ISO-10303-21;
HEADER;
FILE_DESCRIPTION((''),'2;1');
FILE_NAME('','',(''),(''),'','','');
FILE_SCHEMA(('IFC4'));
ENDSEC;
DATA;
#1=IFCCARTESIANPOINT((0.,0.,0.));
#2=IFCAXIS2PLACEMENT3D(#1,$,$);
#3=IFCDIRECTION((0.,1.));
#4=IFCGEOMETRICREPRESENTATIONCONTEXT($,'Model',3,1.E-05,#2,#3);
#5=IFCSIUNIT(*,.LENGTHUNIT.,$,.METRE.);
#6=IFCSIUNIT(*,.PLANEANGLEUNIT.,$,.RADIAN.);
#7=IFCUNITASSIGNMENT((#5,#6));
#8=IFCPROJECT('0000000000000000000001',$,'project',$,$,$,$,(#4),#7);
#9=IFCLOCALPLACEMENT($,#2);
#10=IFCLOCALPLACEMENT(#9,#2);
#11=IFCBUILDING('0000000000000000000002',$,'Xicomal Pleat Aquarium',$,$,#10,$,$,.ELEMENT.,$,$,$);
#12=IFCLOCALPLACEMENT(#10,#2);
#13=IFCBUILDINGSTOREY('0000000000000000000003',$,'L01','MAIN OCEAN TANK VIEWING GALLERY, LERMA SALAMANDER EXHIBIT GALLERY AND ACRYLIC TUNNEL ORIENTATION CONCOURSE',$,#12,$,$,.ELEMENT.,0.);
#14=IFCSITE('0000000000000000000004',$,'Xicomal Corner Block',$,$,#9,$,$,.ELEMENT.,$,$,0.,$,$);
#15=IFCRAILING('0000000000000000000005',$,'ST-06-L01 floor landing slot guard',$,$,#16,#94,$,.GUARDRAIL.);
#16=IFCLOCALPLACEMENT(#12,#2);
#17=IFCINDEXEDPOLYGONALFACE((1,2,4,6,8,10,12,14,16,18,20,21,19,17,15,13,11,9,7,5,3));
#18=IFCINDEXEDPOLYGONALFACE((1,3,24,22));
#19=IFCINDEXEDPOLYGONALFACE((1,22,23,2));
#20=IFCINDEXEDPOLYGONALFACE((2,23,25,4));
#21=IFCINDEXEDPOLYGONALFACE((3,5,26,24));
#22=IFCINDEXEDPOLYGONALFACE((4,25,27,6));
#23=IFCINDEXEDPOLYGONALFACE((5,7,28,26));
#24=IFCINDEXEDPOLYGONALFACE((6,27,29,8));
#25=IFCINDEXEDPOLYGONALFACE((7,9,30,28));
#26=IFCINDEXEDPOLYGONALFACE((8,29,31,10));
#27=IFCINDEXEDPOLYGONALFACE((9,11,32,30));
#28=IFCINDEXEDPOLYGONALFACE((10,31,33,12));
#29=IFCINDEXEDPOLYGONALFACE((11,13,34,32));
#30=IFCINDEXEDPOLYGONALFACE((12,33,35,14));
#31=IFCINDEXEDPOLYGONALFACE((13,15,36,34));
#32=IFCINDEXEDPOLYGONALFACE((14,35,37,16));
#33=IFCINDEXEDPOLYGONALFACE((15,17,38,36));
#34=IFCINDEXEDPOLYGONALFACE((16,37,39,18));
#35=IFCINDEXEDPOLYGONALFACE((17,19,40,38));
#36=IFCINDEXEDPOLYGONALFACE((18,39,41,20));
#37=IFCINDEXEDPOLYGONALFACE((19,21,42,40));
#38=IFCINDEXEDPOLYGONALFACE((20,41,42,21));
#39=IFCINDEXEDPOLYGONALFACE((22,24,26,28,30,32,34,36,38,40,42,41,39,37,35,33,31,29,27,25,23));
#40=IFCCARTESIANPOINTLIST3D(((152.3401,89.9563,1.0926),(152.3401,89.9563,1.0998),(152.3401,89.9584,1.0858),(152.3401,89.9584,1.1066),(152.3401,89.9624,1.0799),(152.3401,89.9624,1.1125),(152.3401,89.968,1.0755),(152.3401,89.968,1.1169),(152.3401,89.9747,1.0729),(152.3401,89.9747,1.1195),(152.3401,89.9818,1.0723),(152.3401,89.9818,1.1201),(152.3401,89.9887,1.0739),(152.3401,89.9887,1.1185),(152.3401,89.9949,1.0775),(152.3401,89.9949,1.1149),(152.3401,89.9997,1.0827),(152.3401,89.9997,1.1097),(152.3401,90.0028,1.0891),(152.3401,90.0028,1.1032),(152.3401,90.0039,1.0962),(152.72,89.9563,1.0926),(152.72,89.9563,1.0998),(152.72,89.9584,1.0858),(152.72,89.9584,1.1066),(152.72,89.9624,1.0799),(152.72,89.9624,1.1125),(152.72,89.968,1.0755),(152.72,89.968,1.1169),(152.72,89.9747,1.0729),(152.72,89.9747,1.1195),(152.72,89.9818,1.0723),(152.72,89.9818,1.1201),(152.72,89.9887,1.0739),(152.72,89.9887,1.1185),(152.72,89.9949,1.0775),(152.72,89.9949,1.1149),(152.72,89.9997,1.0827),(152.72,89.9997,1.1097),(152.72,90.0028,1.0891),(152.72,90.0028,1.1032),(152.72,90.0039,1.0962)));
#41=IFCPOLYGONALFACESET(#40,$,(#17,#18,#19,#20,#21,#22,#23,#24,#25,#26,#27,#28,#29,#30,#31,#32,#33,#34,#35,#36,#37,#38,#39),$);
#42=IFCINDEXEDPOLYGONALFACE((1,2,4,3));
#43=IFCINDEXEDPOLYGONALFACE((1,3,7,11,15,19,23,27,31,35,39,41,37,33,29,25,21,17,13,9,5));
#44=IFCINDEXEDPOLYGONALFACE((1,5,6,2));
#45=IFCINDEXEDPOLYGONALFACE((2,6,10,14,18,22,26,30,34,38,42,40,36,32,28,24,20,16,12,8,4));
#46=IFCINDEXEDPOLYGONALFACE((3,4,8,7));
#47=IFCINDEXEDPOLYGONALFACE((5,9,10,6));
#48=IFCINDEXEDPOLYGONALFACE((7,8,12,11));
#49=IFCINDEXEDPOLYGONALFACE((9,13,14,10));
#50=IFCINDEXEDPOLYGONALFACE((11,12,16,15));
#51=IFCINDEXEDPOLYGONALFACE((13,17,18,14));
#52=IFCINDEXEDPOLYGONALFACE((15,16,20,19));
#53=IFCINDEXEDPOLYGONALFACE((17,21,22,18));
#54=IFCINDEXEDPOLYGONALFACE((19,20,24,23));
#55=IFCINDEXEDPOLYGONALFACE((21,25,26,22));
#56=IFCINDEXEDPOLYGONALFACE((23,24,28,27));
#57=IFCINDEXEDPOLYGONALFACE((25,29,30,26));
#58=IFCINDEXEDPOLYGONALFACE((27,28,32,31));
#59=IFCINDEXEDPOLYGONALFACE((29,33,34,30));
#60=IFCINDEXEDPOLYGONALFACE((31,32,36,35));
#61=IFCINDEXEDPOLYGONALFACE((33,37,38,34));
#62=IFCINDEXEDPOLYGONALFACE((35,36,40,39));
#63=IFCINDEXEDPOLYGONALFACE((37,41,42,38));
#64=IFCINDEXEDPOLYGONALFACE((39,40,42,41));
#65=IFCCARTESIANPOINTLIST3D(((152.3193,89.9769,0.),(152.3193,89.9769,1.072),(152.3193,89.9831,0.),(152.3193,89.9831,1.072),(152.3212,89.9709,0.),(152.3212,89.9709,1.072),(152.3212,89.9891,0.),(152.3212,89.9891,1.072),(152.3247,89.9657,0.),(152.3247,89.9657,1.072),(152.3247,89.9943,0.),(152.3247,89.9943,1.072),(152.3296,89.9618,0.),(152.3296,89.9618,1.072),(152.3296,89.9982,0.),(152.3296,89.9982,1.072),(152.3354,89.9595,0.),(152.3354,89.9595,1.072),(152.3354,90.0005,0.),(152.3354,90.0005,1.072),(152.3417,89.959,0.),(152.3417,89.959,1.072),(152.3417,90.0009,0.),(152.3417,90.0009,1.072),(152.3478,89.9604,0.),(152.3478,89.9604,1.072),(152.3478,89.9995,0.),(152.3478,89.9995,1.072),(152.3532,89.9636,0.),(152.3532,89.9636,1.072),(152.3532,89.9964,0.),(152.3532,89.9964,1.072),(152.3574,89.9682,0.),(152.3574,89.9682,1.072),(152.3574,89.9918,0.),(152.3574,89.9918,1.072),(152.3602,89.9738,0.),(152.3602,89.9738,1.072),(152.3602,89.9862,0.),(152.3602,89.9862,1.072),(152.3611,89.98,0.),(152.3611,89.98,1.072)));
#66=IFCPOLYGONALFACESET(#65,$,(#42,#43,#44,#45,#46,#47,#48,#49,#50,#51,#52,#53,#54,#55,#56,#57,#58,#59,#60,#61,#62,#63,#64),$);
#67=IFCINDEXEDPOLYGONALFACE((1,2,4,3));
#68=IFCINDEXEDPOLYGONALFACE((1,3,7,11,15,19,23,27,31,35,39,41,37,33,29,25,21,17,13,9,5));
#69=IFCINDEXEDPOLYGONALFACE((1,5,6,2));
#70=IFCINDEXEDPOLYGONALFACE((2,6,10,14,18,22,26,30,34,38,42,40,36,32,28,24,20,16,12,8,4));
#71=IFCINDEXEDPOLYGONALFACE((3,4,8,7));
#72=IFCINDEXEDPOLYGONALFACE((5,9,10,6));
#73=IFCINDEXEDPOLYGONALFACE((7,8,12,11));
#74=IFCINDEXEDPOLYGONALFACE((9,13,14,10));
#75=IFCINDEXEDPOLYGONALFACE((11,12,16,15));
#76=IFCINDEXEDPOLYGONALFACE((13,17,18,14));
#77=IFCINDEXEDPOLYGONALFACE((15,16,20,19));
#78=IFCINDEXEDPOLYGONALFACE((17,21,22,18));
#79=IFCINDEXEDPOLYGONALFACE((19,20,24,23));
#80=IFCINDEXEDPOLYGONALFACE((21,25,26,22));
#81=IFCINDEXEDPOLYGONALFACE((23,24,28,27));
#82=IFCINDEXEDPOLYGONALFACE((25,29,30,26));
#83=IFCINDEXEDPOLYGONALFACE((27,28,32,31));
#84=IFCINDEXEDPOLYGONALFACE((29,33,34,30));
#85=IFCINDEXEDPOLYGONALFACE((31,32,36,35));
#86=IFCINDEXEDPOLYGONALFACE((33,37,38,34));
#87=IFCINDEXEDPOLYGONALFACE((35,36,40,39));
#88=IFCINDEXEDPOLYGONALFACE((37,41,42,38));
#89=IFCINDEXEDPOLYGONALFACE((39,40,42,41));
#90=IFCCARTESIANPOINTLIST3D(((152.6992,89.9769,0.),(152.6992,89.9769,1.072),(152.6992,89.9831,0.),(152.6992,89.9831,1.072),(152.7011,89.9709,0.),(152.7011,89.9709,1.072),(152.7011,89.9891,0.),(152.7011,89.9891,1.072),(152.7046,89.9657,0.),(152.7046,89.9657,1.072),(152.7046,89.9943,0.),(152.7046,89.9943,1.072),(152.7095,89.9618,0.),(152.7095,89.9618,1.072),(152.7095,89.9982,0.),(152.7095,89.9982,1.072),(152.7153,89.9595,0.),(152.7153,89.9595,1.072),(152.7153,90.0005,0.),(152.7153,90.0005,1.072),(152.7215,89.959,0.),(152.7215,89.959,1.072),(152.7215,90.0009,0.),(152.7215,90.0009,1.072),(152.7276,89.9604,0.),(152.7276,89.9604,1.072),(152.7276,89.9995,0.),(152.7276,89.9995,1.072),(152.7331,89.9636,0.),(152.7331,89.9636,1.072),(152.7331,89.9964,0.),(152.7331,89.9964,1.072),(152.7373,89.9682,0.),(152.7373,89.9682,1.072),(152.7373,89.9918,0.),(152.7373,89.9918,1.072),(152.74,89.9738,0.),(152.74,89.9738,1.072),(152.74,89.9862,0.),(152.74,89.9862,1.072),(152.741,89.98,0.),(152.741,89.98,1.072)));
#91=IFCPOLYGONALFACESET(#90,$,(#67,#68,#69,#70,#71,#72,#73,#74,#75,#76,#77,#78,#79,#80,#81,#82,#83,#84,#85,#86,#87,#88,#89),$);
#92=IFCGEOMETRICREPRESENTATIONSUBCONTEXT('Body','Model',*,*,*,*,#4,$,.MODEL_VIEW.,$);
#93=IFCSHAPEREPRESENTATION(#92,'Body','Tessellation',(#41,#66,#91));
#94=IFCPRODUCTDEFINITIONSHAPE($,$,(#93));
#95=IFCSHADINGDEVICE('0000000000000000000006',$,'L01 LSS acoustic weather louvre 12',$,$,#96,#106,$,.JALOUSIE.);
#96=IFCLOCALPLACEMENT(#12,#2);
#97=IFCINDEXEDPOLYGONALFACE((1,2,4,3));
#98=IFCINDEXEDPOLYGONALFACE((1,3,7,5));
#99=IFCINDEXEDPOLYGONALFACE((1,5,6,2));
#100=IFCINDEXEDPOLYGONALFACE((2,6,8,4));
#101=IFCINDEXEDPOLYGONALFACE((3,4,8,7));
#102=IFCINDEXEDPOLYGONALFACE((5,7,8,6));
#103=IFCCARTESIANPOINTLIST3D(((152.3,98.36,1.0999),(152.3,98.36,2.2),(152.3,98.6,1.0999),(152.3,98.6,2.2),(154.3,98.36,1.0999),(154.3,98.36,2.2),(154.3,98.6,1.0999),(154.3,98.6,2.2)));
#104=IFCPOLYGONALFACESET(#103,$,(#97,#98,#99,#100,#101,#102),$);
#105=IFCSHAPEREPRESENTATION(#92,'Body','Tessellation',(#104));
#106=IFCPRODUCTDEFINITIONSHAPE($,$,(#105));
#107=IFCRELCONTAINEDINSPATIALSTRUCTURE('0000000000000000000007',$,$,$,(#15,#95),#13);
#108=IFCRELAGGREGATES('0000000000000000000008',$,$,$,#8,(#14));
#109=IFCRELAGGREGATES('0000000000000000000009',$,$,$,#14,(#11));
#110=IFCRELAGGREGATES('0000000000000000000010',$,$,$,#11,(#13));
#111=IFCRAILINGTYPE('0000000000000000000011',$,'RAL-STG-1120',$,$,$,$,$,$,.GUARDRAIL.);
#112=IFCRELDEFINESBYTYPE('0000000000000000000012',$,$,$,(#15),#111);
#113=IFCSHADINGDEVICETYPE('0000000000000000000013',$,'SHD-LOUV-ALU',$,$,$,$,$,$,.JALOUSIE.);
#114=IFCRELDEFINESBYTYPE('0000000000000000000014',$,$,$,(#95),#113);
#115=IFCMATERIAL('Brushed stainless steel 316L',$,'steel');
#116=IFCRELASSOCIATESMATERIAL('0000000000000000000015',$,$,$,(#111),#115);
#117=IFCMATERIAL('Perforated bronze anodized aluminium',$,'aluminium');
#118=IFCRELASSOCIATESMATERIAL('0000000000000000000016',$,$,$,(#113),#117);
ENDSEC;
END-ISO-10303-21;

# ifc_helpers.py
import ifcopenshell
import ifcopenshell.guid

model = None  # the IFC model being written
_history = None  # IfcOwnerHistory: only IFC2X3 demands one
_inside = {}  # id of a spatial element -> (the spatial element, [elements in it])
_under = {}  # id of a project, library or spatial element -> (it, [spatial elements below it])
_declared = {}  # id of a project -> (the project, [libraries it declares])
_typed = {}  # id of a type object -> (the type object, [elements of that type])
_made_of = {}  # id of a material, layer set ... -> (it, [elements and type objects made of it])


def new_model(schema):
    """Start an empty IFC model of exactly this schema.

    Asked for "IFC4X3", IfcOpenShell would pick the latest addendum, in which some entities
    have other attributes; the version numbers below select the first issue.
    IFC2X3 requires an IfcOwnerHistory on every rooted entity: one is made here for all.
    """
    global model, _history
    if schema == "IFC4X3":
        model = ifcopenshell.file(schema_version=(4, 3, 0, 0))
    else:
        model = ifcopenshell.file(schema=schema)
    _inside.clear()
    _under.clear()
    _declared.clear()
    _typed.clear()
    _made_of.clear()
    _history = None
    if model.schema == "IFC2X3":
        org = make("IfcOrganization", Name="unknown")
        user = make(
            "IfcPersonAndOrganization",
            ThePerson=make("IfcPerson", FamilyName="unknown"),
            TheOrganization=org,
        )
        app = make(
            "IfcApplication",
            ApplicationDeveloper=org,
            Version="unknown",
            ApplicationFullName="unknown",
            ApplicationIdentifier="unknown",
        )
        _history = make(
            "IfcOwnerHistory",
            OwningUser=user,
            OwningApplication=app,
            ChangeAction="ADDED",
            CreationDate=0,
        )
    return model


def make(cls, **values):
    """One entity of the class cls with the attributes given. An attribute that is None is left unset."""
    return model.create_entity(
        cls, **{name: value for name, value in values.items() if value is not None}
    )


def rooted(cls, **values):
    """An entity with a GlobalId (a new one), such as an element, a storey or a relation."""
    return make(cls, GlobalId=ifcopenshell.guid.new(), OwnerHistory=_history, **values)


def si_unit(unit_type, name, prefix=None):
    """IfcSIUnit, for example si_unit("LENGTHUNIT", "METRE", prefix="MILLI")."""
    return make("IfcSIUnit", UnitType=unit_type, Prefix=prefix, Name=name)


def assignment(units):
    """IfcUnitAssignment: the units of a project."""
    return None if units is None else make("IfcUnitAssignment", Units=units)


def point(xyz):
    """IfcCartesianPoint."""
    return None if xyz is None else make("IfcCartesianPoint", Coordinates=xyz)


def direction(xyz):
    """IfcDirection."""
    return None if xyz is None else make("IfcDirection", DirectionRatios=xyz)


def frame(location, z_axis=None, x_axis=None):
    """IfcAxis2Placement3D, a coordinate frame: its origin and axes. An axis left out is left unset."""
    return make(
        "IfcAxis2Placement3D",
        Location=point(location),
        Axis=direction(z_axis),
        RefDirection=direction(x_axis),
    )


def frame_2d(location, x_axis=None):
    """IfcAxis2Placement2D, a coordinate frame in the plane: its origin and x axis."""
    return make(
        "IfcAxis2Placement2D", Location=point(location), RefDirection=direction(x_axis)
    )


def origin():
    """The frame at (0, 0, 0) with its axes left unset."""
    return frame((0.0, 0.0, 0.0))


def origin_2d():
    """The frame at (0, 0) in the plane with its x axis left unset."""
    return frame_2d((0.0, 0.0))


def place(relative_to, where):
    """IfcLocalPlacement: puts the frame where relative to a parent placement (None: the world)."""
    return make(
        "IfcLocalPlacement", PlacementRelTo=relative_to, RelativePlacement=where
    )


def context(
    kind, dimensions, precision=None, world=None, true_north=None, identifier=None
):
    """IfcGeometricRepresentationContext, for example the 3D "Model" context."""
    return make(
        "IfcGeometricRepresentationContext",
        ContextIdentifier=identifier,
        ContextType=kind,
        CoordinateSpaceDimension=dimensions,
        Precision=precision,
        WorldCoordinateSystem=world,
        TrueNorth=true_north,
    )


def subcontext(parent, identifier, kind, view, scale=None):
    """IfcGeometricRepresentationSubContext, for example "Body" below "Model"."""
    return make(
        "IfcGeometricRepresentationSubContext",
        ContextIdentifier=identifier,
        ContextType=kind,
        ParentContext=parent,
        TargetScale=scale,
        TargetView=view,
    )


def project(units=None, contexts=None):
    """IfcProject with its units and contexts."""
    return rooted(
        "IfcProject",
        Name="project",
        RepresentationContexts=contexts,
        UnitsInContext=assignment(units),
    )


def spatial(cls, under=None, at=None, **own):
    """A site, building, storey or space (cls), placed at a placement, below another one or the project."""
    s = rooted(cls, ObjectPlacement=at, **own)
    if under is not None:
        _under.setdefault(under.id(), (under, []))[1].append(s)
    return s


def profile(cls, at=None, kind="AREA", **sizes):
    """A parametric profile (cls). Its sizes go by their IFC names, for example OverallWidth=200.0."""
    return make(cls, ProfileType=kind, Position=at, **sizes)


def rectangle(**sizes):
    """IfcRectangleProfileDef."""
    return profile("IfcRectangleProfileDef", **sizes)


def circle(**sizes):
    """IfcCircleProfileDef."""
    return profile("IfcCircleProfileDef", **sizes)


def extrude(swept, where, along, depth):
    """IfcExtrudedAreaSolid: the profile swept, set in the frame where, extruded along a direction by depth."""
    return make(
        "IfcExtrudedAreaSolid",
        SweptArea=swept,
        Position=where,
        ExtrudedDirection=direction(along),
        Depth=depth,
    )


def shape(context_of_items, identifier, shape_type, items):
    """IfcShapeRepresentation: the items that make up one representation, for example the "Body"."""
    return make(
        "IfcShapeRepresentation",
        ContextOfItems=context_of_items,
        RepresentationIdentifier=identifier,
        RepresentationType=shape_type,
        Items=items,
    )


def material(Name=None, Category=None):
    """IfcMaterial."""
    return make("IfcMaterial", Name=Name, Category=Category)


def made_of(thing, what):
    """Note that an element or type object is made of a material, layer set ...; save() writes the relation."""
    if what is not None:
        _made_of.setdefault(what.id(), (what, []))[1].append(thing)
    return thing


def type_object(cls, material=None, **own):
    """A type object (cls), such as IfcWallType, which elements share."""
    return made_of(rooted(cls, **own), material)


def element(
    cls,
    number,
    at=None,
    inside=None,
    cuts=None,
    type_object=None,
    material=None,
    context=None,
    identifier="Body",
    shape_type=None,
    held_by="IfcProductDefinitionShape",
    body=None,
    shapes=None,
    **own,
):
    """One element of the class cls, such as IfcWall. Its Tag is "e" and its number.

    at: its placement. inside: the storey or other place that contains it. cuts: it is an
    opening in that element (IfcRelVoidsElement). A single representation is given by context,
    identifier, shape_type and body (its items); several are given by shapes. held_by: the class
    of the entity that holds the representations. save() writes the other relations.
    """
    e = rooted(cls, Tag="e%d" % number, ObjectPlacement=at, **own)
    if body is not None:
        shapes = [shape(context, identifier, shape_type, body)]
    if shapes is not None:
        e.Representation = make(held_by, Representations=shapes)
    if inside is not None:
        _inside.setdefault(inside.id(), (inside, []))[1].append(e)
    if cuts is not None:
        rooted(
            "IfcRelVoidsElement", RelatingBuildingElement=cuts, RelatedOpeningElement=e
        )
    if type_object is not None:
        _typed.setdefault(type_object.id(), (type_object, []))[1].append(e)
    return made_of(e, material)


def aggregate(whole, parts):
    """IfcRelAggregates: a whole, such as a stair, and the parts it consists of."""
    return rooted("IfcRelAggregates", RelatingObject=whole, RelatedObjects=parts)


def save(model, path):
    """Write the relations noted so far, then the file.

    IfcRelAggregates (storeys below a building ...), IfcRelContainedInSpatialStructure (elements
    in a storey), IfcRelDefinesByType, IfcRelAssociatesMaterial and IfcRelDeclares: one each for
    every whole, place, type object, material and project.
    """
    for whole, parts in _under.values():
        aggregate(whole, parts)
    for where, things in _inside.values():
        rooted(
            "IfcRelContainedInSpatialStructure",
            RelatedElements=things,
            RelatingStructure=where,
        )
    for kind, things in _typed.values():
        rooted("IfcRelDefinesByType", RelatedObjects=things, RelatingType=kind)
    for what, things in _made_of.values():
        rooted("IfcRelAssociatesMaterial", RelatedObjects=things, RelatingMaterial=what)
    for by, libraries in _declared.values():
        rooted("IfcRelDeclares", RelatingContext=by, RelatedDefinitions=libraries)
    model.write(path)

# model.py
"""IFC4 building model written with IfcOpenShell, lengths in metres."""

from ifc_helpers import new_model, si_unit, direction, frame, origin, origin_2d, place, context, subcontext, project, spatial, rectangle, circle, extrude, material, type_object, element, save


model = new_model("IFC4")

# Units and contexts
model_context = context("Model", 3, precision=1e-05, world=origin(), true_north=direction((0.0, 1.0)))
body_context = subcontext(model_context, "Body", "Model", "MODEL_VIEW")
ifc_project = project(units=[si_unit("LENGTHUNIT", "METRE"), si_unit("PLANEANGLEUNIT", "RADIAN")], contexts=[model_context])

# Site, building, storey
site_placement = place(None, origin())
site = spatial("IfcSite", under=ifc_project, at=site_placement, Name="Xicomal Corner Block", CompositionType="ELEMENT", RefElevation=0.0)
building_placement = place(site_placement, origin())
building = spatial("IfcBuilding", under=site, at=building_placement, Name="Xicomal Pleat Aquarium", CompositionType="ELEMENT")
storey_placement = place(building_placement, origin())
storey = spatial("IfcBuildingStorey", under=building, at=storey_placement, Name="L01", Description="MAIN OCEAN TANK VIEWING GALLERY, LERMA SALAMANDER EXHIBIT GALLERY AND ACRYLIC TUNNEL ORIENTATION CONCOURSE", CompositionType="ELEMENT", Elevation=0.0)

# Railing
ifc_material_1 = material(Name="Brushed stainless steel 316L", Category="steel")
railing_type_1 = type_object("IfcRailingType", Name="RAL-STG-1120", PredefinedType="GUARDRAIL", material=ifc_material_1)
railing_1_placement = place(storey_placement, frame((152.3401, 89.98, 0.0)))
element("IfcRailing", 1, at=railing_1_placement, inside=storey, type_object=railing_type_1, Name="ST-06-L01 floor landing slot guard", PredefinedType="GUARDRAIL", context=body_context, shape_type="SweptSolid", body=[
    extrude(circle(Radius=0.0239, at=origin_2d()), frame((0.0, 0.0, 1.0962), z_axis=(1.0, 0.0, 0.0), x_axis=(0.0, 1.0, 0.0)), (0.0, 0.0, 1.0), 0.3799),
    extrude(circle(Radius=0.021, at=origin_2d()), origin(), (0.0, 0.0, 1.0), 1.072),
    extrude(circle(Radius=0.021, at=origin_2d()), frame((0.3799, 0.0, 0.0)), (0.0, 0.0, 1.0), 1.072),
])

# Shading device
ifc_material_2 = material(Name="Perforated bronze anodized aluminium", Category="aluminium")
shading_device_type = type_object("IfcShadingDeviceType", Name="SHD-LOUV-ALU", PredefinedType="JALOUSIE", material=ifc_material_2)
shading_device_placement = place(storey_placement, frame((153.3, 98.48, 1.0999), z_axis=(0.0, 0.0, 1.0), x_axis=(1.0, 0.0, 0.0)))
element("IfcShadingDevice", 2, at=shading_device_placement, inside=storey, type_object=shading_device_type, Name="L01 LSS acoustic weather louvre 12", PredefinedType="JALOUSIE", context=body_context, shape_type="SweptSolid", body=[
    extrude(rectangle(XDim=2.0, YDim=0.24, at=origin_2d()), origin(), (0.0, 0.0, 1.0), 1.1001),
])

save(model, "model.ifc")
